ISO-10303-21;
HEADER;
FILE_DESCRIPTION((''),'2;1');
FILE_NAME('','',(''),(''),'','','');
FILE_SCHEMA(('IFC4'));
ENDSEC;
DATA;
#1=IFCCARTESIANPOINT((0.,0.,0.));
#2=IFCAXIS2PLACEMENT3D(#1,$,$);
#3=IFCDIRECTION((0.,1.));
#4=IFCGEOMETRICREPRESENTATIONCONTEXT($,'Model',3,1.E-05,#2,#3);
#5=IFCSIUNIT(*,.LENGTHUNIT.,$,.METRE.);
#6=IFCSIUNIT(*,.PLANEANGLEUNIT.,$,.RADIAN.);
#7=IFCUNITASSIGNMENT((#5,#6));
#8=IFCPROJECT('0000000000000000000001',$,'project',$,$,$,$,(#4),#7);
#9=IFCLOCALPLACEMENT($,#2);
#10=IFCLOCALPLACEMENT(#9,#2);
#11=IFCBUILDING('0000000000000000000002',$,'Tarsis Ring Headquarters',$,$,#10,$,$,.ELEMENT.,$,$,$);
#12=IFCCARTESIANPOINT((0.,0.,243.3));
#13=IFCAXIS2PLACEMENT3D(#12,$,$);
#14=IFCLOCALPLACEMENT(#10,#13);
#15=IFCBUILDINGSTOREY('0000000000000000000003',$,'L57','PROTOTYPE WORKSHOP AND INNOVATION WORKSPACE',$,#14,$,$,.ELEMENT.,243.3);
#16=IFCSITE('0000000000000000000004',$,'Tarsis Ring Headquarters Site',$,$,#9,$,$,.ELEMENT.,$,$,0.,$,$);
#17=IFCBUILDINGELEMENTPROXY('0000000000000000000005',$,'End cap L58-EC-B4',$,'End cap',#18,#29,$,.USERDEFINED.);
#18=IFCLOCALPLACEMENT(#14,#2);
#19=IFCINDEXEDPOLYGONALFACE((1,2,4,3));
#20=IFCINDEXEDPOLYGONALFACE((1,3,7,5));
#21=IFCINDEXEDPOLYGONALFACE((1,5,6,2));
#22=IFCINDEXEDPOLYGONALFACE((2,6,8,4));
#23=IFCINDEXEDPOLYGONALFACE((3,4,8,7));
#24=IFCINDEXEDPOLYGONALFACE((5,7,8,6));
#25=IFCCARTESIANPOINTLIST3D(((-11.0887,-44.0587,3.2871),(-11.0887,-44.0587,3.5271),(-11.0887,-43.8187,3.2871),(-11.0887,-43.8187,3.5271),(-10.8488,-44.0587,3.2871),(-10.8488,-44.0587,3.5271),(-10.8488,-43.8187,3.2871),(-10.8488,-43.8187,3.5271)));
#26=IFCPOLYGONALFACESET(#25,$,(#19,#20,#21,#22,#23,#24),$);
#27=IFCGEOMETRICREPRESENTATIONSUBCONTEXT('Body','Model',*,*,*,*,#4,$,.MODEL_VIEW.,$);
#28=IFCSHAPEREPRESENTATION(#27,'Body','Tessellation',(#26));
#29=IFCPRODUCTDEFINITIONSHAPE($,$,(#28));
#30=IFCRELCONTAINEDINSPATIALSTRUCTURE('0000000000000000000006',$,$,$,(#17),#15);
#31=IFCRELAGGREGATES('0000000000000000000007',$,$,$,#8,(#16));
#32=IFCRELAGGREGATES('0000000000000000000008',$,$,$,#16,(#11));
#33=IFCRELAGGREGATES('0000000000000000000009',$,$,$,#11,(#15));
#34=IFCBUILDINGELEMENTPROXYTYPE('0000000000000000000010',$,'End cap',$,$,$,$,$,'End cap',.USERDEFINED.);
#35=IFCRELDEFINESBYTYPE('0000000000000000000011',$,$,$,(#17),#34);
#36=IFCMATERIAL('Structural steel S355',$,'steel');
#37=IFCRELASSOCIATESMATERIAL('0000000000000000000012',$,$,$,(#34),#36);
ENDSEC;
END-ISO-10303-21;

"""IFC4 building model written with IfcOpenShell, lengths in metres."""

from ifc_helpers import new_model, si_unit, direction, frame, origin, origin_2d, place, context, subcontext, project, spatial, rectangle, extrude, material, type_object, element, save


model = new_model("IFC4")

# Units and contexts
model_context = context("Model", 3, precision=1e-05, world=origin(), true_north=direction((0.0, 1.0)))
body_context = subcontext(model_context, "Body", "Model", "MODEL_VIEW")
ifc_project = project(units=[si_unit("LENGTHUNIT", "METRE"), si_unit("PLANEANGLEUNIT", "RADIAN")], contexts=[model_context])

# Site, building, storey
site_placement = place(None, origin())
site = spatial("IfcSite", under=ifc_project, at=site_placement, Name="Tarsis Ring Headquarters Site", CompositionType="ELEMENT", RefElevation=0.0)
building_placement = place(site_placement, origin())
building = spatial("IfcBuilding", under=site, at=building_placement, Name="Tarsis Ring Headquarters", CompositionType="ELEMENT")
storey_placement = place(building_placement, frame((0.0, 0.0, 243.3)))
storey = spatial("IfcBuildingStorey", under=building, at=storey_placement, Name="L57", Description="PROTOTYPE WORKSHOP AND INNOVATION WORKSPACE", CompositionType="ELEMENT", Elevation=243.3)

# Shared definitions
ifc_material_1 = material(Name="Structural steel S355", Category="steel")

# Building element proxy
building_element_proxy_type = type_object("IfcBuildingElementProxyType", Name="End cap", ElementType="End cap", PredefinedType="USERDEFINED", material=ifc_material_1)
for number, where, z_axis, x_axis, name in (
    (1, (-10.9688, -43.9387, 3.2871), (0.0, 0.0, 1.0), (1.0, 0.0, 0.0), "End cap L58-EC-B4"),
):
    element("IfcBuildingElementProxy", number, at=place(storey_placement, frame(where, z_axis=z_axis, x_axis=x_axis)), inside=storey, type_object=building_element_proxy_type, Name=name, ObjectType="End cap", PredefinedType="USERDEFINED", context=body_context, shape_type="SweptSolid", body=[
        extrude(rectangle(XDim=0.24, YDim=0.24, at=origin_2d()), origin(), (0.0, 0.0, 1.0), 0.24),
    ])

save(model, "model.ifc")
